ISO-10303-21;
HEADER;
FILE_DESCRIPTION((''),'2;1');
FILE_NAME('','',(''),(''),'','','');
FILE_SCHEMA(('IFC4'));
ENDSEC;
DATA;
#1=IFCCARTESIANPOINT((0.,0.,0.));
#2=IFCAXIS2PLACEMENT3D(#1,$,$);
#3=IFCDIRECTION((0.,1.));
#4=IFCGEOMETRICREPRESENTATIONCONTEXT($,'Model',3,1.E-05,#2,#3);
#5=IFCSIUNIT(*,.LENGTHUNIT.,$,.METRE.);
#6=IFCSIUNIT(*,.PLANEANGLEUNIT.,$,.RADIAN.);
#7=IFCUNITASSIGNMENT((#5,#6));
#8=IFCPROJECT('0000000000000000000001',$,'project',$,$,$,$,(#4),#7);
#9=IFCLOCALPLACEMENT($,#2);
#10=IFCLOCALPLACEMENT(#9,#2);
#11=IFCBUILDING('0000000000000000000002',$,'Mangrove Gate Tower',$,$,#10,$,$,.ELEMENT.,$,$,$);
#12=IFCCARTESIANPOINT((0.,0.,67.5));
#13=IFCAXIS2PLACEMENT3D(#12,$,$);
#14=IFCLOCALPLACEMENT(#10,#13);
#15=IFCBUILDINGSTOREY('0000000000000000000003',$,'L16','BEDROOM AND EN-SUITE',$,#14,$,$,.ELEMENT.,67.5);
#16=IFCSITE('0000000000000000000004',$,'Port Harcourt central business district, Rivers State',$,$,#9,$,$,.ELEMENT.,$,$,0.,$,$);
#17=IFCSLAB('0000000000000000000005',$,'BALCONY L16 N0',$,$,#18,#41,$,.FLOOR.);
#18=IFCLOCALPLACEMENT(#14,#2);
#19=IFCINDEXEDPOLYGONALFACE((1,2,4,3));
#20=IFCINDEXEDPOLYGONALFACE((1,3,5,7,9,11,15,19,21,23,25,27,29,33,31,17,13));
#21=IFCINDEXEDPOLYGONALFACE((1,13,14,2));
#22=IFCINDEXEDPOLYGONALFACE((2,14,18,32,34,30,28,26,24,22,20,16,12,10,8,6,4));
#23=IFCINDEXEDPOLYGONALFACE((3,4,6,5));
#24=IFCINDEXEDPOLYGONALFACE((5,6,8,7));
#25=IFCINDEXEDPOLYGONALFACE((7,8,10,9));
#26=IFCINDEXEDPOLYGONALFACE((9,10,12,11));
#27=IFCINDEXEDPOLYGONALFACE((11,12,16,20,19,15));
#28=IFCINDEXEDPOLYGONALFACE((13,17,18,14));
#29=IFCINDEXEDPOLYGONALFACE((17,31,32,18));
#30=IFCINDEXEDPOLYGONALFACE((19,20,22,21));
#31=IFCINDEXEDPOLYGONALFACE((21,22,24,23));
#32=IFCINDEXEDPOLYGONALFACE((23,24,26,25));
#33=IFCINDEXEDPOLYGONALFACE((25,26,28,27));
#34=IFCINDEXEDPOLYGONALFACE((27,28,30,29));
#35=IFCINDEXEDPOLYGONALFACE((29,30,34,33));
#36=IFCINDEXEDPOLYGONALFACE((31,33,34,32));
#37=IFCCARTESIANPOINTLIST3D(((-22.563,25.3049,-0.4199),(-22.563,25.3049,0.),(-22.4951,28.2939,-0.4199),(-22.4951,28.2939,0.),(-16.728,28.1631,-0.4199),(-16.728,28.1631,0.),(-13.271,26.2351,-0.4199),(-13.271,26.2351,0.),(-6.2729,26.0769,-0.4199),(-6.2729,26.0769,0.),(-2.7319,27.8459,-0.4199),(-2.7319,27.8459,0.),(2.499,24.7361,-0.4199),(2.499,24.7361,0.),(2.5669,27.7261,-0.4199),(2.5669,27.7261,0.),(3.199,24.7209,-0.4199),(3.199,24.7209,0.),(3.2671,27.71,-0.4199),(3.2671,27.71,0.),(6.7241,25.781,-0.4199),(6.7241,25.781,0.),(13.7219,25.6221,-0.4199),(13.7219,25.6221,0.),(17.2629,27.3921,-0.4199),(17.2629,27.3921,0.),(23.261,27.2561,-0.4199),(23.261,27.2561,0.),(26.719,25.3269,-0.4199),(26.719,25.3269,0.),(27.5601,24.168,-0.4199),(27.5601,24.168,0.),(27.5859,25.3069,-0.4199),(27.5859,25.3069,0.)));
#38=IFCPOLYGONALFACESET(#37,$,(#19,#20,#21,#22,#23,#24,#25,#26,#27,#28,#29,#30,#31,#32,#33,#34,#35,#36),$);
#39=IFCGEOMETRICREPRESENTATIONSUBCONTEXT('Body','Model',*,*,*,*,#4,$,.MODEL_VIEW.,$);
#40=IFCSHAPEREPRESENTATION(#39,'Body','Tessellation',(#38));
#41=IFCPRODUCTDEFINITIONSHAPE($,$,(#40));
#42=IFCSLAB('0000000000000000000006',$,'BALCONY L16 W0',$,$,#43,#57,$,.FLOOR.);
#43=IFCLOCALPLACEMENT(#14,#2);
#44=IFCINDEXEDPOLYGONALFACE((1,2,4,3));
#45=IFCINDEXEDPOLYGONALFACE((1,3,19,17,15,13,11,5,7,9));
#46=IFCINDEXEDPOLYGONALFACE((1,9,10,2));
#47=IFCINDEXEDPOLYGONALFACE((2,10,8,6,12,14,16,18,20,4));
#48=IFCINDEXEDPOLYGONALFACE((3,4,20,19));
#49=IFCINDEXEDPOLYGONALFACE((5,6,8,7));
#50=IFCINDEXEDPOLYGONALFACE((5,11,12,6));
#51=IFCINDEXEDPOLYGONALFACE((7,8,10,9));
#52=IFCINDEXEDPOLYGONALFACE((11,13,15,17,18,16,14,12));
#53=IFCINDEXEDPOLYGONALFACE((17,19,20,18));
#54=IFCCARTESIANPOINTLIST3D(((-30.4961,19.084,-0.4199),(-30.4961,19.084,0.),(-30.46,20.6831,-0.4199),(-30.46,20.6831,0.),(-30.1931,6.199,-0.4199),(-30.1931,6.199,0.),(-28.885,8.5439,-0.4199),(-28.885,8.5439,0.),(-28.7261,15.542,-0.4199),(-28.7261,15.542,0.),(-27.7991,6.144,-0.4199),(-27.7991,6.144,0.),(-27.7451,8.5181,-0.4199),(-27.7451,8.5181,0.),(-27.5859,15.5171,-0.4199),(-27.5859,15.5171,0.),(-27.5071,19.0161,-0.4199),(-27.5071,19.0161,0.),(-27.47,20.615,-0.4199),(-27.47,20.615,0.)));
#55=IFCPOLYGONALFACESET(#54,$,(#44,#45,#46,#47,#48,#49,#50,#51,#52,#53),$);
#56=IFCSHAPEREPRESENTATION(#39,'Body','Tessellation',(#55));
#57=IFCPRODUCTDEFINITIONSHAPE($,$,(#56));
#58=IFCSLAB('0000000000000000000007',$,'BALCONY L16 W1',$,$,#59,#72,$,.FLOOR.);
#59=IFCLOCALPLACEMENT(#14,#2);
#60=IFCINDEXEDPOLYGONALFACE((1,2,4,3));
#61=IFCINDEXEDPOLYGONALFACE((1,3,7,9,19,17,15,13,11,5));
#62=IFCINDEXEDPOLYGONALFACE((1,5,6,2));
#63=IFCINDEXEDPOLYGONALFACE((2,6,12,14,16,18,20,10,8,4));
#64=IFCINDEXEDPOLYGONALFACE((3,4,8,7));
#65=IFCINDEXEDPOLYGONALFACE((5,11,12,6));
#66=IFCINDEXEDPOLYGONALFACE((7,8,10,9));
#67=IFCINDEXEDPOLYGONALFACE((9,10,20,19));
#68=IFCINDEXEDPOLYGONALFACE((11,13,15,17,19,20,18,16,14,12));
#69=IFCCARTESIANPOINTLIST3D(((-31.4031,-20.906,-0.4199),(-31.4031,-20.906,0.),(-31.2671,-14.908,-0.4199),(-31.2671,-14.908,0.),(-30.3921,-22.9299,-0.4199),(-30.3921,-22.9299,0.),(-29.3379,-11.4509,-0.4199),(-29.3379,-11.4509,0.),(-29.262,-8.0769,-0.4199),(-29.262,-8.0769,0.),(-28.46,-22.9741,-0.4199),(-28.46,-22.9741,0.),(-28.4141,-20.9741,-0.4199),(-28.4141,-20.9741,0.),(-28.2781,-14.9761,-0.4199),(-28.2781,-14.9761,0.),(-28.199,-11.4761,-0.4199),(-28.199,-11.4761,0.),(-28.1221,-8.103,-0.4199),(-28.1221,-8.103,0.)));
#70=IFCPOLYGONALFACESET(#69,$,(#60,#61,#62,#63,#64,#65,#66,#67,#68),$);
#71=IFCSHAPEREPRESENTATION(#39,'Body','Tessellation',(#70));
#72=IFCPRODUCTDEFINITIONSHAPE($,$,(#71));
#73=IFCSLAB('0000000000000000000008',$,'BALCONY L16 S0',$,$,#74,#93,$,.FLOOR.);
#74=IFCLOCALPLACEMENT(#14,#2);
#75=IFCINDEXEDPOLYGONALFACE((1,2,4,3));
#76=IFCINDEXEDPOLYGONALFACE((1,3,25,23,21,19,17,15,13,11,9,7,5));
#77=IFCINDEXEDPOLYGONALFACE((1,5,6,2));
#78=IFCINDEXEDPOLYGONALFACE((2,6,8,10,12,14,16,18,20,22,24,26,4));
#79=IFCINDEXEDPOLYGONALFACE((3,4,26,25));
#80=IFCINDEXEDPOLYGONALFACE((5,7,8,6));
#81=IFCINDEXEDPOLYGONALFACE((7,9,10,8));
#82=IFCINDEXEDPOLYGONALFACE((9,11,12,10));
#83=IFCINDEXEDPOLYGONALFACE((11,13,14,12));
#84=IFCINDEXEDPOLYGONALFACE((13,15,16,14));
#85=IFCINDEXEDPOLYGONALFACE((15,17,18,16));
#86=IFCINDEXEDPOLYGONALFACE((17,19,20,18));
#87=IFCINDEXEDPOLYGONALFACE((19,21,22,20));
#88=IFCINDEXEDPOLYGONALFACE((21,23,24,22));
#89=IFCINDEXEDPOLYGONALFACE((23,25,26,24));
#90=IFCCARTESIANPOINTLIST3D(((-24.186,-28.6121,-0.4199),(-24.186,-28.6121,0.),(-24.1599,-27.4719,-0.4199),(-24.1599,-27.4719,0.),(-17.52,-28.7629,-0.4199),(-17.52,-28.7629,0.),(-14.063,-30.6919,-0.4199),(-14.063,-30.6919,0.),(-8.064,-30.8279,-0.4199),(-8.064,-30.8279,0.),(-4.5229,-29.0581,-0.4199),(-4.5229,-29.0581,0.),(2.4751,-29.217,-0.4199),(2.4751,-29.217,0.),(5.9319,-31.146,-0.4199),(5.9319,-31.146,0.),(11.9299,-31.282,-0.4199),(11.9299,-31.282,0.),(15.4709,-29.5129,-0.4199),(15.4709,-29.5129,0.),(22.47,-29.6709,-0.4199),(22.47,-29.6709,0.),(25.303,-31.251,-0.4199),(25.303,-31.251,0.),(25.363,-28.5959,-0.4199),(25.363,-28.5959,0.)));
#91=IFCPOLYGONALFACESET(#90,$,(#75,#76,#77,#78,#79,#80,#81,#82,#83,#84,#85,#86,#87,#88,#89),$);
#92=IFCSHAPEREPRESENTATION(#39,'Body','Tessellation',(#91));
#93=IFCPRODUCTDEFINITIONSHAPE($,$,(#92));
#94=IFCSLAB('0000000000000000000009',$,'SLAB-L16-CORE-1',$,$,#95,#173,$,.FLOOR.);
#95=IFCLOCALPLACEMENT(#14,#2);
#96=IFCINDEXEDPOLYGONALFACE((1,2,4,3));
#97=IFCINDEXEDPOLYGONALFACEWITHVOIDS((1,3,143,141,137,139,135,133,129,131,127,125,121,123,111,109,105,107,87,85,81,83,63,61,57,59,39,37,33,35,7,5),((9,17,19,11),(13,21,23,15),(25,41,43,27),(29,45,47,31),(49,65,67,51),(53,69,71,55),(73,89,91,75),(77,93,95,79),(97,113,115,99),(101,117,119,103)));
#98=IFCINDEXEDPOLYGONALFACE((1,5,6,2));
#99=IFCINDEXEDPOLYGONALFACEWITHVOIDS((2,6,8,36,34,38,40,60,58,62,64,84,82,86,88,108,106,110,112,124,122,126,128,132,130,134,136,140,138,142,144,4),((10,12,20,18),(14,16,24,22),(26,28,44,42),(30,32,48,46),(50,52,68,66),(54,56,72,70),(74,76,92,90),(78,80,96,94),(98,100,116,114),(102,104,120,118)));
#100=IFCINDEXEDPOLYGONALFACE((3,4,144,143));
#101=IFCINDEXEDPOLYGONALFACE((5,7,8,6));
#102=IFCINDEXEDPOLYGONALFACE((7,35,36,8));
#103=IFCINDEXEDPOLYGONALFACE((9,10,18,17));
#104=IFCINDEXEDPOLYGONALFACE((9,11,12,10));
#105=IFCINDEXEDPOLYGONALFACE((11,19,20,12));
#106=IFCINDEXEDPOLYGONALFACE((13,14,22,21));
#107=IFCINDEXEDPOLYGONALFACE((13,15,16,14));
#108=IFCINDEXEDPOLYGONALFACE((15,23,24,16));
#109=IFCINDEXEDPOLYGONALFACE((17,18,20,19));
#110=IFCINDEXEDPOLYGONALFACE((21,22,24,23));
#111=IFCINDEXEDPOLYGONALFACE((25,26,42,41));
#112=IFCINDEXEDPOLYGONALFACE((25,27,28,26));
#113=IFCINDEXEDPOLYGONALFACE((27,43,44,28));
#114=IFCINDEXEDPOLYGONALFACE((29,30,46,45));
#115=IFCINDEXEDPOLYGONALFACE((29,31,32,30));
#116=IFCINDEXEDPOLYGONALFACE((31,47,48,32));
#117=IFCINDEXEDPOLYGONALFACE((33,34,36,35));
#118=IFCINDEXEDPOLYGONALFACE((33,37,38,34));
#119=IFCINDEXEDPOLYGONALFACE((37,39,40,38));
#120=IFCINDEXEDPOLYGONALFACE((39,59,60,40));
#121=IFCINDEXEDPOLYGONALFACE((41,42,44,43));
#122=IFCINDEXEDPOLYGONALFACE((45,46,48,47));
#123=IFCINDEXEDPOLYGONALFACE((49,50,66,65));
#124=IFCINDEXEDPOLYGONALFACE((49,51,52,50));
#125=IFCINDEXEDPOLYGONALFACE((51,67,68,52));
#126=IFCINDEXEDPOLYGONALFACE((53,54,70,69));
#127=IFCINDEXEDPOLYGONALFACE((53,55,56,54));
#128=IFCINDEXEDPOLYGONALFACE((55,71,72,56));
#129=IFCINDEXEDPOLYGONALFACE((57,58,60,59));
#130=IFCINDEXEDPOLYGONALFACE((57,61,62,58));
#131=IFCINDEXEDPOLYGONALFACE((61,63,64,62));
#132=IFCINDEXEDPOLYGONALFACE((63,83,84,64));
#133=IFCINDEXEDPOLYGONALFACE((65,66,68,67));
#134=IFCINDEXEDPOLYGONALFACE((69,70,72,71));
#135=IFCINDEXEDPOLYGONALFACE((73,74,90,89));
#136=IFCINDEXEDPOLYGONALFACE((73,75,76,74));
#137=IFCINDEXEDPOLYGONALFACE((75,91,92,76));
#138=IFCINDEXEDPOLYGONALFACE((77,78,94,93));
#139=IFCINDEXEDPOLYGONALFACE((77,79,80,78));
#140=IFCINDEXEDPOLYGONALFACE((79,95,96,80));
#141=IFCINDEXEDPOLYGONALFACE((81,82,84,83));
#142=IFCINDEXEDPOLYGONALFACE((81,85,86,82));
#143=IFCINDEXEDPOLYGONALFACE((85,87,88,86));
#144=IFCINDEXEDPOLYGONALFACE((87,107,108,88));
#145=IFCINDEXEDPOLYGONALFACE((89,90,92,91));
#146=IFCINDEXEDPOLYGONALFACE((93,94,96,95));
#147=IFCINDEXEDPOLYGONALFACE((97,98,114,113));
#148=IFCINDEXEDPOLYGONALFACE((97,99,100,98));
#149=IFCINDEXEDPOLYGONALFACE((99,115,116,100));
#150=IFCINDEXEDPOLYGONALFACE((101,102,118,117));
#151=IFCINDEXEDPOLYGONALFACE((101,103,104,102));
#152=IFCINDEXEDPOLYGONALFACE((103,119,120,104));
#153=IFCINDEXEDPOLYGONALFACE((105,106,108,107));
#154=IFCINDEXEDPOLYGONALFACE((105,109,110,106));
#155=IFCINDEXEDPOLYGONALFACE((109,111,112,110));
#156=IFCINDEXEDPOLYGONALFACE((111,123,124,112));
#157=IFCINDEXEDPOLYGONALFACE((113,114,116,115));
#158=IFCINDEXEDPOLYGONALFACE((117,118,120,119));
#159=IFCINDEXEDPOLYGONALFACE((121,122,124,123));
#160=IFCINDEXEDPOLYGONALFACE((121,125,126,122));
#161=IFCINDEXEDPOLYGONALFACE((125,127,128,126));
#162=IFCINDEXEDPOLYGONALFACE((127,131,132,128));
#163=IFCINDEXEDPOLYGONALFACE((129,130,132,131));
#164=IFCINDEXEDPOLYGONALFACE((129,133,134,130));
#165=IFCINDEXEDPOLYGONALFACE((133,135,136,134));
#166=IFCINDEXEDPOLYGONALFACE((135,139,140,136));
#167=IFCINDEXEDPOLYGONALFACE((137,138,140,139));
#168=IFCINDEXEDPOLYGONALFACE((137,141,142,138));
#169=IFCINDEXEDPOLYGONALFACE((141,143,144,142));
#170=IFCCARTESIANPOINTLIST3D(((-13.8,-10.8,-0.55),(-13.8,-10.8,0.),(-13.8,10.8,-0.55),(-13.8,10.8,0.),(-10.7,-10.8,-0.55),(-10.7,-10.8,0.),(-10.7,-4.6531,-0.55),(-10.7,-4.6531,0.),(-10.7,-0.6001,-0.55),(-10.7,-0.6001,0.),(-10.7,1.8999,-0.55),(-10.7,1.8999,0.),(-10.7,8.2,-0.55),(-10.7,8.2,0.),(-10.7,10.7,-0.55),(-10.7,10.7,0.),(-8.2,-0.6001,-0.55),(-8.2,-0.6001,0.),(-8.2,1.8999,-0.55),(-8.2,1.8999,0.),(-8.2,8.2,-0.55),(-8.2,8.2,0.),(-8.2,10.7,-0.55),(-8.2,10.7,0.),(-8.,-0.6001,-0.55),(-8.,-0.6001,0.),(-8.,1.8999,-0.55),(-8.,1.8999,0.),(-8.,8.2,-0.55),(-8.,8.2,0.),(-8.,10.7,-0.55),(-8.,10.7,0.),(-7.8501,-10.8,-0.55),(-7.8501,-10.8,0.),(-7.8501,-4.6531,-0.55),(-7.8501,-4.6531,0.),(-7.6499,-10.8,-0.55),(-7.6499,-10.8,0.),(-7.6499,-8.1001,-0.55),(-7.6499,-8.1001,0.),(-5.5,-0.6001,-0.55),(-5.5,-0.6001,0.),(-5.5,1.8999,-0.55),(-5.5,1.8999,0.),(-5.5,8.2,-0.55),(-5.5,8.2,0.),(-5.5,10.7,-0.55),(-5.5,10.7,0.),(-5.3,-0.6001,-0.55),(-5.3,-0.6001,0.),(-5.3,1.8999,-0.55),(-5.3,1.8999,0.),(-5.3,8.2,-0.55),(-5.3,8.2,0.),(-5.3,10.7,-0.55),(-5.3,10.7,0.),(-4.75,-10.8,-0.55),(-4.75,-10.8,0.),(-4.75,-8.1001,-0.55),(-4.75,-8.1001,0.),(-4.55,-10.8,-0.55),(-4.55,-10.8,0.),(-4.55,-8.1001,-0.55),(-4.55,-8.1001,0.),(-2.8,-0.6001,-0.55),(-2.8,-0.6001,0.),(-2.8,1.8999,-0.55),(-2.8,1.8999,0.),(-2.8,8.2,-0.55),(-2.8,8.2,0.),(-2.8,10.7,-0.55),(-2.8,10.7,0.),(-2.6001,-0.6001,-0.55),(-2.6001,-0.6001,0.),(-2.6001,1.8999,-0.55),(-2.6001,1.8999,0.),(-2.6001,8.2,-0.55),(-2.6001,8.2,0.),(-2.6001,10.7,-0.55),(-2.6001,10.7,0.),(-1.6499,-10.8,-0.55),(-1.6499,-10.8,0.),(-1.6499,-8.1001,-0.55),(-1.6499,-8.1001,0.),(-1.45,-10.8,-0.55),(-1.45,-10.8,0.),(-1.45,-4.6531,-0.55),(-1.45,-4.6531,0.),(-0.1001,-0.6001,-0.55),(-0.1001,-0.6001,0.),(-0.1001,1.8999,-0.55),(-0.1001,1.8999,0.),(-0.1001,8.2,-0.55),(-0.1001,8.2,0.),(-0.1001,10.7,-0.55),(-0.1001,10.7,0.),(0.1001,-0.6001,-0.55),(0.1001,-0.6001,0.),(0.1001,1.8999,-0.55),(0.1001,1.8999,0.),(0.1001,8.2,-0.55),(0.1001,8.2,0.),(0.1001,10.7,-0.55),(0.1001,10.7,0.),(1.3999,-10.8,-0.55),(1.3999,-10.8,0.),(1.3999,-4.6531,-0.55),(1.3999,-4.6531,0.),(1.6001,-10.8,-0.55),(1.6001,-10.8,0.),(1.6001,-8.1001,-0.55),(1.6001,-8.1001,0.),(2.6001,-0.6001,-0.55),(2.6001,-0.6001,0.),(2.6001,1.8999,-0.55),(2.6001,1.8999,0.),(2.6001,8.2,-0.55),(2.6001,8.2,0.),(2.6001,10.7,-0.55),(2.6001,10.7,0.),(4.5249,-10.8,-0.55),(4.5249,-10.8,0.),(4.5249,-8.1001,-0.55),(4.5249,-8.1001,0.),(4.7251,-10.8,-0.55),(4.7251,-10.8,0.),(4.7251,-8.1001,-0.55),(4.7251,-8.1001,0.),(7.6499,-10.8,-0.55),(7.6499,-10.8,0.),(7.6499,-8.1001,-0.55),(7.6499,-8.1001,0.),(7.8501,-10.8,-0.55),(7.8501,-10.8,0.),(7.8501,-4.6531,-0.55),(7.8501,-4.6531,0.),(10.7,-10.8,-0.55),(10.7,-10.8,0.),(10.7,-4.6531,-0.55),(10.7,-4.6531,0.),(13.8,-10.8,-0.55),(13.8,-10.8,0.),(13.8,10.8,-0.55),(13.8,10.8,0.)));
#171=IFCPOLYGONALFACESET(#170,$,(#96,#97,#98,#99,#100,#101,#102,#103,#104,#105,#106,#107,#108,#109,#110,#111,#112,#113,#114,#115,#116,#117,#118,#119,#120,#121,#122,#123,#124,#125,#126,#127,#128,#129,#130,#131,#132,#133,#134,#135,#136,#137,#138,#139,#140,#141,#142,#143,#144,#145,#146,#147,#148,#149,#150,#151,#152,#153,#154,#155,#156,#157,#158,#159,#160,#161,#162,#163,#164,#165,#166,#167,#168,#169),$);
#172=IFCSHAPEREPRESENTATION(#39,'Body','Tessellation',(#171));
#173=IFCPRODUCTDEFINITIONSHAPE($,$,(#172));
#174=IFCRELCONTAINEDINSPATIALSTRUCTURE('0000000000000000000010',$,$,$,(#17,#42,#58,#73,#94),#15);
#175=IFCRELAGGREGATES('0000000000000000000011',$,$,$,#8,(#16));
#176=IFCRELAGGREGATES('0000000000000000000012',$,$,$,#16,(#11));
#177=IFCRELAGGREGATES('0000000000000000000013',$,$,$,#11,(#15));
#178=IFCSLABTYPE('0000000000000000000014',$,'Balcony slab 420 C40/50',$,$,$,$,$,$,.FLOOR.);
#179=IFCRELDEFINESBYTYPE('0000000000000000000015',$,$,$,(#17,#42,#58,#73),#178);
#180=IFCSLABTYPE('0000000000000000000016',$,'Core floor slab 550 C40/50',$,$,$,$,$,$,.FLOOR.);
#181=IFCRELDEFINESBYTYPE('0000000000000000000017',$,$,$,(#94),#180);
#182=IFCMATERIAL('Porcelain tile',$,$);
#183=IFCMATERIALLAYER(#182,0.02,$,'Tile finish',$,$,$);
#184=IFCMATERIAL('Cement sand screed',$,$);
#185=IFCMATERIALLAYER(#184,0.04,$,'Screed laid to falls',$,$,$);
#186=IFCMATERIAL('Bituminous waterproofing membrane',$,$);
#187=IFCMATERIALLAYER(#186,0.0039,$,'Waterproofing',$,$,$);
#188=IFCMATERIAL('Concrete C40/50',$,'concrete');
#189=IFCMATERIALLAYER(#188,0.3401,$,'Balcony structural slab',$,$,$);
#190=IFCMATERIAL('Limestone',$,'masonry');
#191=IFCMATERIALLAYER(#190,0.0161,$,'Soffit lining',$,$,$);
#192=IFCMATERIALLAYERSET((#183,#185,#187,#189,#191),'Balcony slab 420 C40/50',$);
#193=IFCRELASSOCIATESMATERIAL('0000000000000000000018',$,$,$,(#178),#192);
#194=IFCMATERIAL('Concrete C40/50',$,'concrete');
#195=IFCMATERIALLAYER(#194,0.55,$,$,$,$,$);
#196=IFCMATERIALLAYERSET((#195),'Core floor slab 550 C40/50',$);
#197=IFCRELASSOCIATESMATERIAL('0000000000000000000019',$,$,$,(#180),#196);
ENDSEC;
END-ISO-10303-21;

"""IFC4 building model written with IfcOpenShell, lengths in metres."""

from ifc_helpers import new_model, si_unit, direction, frame, origin, place, context, subcontext, project, spatial, polyline, outline, extrude, material, layer, layer_set, type_object, element, save


model = new_model("IFC4")

# Units and contexts
model_context = context("Model", 3, precision=1e-05, world=origin(), true_north=direction((0.0, 1.0)))
body_context = subcontext(model_context, "Body", "Model", "MODEL_VIEW")
ifc_project = project(units=[si_unit("LENGTHUNIT", "METRE"), si_unit("PLANEANGLEUNIT", "RADIAN")], contexts=[model_context])

# Site, building, storey
site_placement = place(None, origin())
site = spatial("IfcSite", under=ifc_project, at=site_placement, Name="Port Harcourt central business district, Rivers State", CompositionType="ELEMENT", RefElevation=0.0)
building_placement = place(site_placement, origin())
building = spatial("IfcBuilding", under=site, at=building_placement, Name="Mangrove Gate Tower", CompositionType="ELEMENT")
storey_placement = place(building_placement, frame((0.0, 0.0, 67.5)))
storey = spatial("IfcBuildingStorey", under=building, at=storey_placement, Name="L16", Description="BEDROOM AND EN-SUITE", CompositionType="ELEMENT", Elevation=67.5)

# Slabs
ifc_material_1 = material(Name="Porcelain tile")
ifc_layer_1 = layer(ifc_material_1, 0.02, Name="Tile finish")
ifc_material_2 = material(Name="Cement sand screed")
ifc_layer_2 = layer(ifc_material_2, 0.04, Name="Screed laid to falls")
ifc_material_3 = material(Name="Bituminous waterproofing membrane")
ifc_layer_3 = layer(ifc_material_3, 0.0039, Name="Waterproofing")
ifc_material_4 = material(Name="Concrete C40/50", Category="concrete")
ifc_layer_4 = layer(ifc_material_4, 0.3401, Name="Balcony structural slab")
ifc_material_5 = material(Name="Limestone", Category="masonry")
ifc_layer_5 = layer(ifc_material_5, 0.0161, Name="Soffit lining")
ifc_layer_set_1 = layer_set([ifc_layer_1, ifc_layer_2, ifc_layer_3, ifc_layer_4, ifc_layer_5], Name="Balcony slab 420 C40/50")
slab_type_1 = type_object("IfcSlabType", Name="Balcony slab 420 C40/50", PredefinedType="FLOOR", material=ifc_layer_set_1)
slab_1_placement = place(storey_placement, frame((0.0, 0.0, -0.4199)))
element("IfcSlab", 1, at=slab_1_placement, inside=storey, type_object=slab_type_1, Name="BALCONY L16 N0", PredefinedType="FLOOR", context=body_context, shape_type="SweptSolid", body=[
    extrude(outline(polyline([(27.5859, 25.3069), (26.719, 25.3269), (23.261, 27.2561), (17.2629, 27.3921), (13.7219, 25.6221), (6.7241, 25.781), (3.2671, 27.71), (2.5669, 27.7261), (-2.7319, 27.8459), (-6.2729, 26.0769), (-13.271, 26.2351), (-16.728, 28.1631), (-22.4951, 28.2939), (-22.563, 25.3049), (2.499, 24.7361), (3.199, 24.7209), (27.5601, 24.168), (27.5859, 25.3069)])), origin(), (0.0, 0.0, 1.0), 0.4199),
])
slab_2_placement = place(storey_placement, frame((0.0, 0.0, -0.4199)))
element("IfcSlab", 2, at=slab_2_placement, inside=storey, type_object=slab_type_1, Name="BALCONY L16 W0", PredefinedType="FLOOR", context=body_context, shape_type="SweptSolid", body=[
    extrude(outline(polyline([(-30.46, 20.6831), (-30.4961, 19.084), (-28.7261, 15.542), (-28.885, 8.5439), (-30.1931, 6.199), (-27.7991, 6.144), (-27.7451, 8.5181), (-27.5859, 15.5171), (-27.5071, 19.0161), (-27.47, 20.615), (-30.46, 20.6831)])), origin(), (0.0, 0.0, 1.0), 0.4199),
])
slab_3_placement = place(storey_placement, frame((0.0, 0.0, -0.4199)))
element("IfcSlab", 3, at=slab_3_placement, inside=storey, type_object=slab_type_1, Name="BALCONY L16 W1", PredefinedType="FLOOR", context=body_context, shape_type="SweptSolid", body=[
    extrude(outline(polyline([(-29.262, -8.0769), (-29.3379, -11.4509), (-31.2671, -14.908), (-31.4031, -20.906), (-30.3921, -22.9299), (-28.46, -22.9741), (-28.4141, -20.9741), (-28.2781, -14.9761), (-28.199, -11.4761), (-28.1221, -8.103), (-29.262, -8.0769)])), origin(), (0.0, 0.0, 1.0), 0.4199),
])
slab_4_placement = place(storey_placement, frame((0.0, 0.0, -0.4199)))
element("IfcSlab", 4, at=slab_4_placement, inside=storey, type_object=slab_type_1, Name="BALCONY L16 S0", PredefinedType="FLOOR", context=body_context, shape_type="SweptSolid", body=[
    extrude(outline(polyline([(-24.186, -28.6121), (-17.52, -28.7629), (-14.063, -30.6919), (-8.064, -30.8279), (-4.5229, -29.0581), (2.4751, -29.217), (5.9319, -31.146), (11.9299, -31.282), (15.4709, -29.5129), (22.47, -29.6709), (25.303, -31.251), (25.363, -28.5959), (-24.1599, -27.4719), (-24.186, -28.6121)])), origin(), (0.0, 0.0, 1.0), 0.4199),
])
ifc_material_6 = material(Name="Concrete C40/50", Category="concrete")
ifc_layer_6 = layer(ifc_material_6, 0.55)
ifc_layer_set_2 = layer_set([ifc_layer_6], Name="Core floor slab 550 C40/50")
slab_type_2 = type_object("IfcSlabType", Name="Core floor slab 550 C40/50", PredefinedType="FLOOR", material=ifc_layer_set_2)
slab_5_placement = place(storey_placement, frame((0.0, 0.0, -0.55)))
element("IfcSlab", 5, at=slab_5_placement, inside=storey, type_object=slab_type_2, Name="SLAB-L16-CORE-1", PredefinedType="FLOOR", context=body_context, shape_type="SweptSolid", body=[
    extrude(outline(polyline([(-13.8, -10.8), (-13.8, 10.8), (13.8, 10.8), (13.8, -10.8), (10.7, -10.8), (10.7, -4.6531), (7.8501, -4.6531), (7.8501, -10.8), (7.6499, -10.8), (7.6499, -8.1001), (4.7251, -8.1001), (4.7251, -10.8), (4.5249, -10.8), (4.5249, -8.1001), (1.6001, -8.1001), (1.6001, -10.8), (1.3999, -10.8), (1.3999, -4.6531), (-1.45, -4.6531), (-1.45, -10.8), (-1.6499, -10.8), (-1.6499, -8.1001), (-4.55, -8.1001), (-4.55, -10.8), (-4.75, -10.8), (-4.75, -8.1001), (-7.6499, -8.1001), (-7.6499, -10.8), (-7.8501, -10.8), (-7.8501, -4.6531), (-10.7, -4.6531), (-10.7, -10.8), (-13.8, -10.8)]), holes=[polyline([(-8.2, -0.6001), (-8.2, 1.8999), (-10.7, 1.8999), (-10.7, -0.6001), (-8.2, -0.6001)]), polyline([(-5.5, -0.6001), (-5.5, 1.8999), (-8.0, 1.8999), (-8.0, -0.6001), (-5.5, -0.6001)]), polyline([(-2.8, -0.6001), (-2.8, 1.8999), (-5.3, 1.8999), (-5.3, -0.6001), (-2.8, -0.6001)]), polyline([(-8.2, 8.2), (-8.2, 10.7), (-10.7, 10.7), (-10.7, 8.2), (-8.2, 8.2)]), polyline([(-5.5, 8.2), (-5.5, 10.7), (-8.0, 10.7), (-8.0, 8.2), (-5.5, 8.2)]), polyline([(-2.8, 8.2), (-2.8, 10.7), (-5.3, 10.7), (-5.3, 8.2), (-2.8, 8.2)]), polyline([(-0.1001, -0.6001), (-0.1001, 1.8999), (-2.6001, 1.8999), (-2.6001, -0.6001), (-0.1001, -0.6001)]), polyline([(2.6001, -0.6001), (2.6001, 1.8999), (0.1001, 1.8999), (0.1001, -0.6001), (2.6001, -0.6001)]), polyline([(-2.6001, 8.2), (-0.1001, 8.2), (-0.1001, 10.7), (-2.6001, 10.7), (-2.6001, 8.2)]), polyline([(0.1001, 8.2), (2.6001, 8.2), (2.6001, 10.7), (0.1001, 10.7), (0.1001, 8.2)])]), origin(), (0.0, 0.0, 1.0), 0.55),
])

save(model, "model.ifc")
